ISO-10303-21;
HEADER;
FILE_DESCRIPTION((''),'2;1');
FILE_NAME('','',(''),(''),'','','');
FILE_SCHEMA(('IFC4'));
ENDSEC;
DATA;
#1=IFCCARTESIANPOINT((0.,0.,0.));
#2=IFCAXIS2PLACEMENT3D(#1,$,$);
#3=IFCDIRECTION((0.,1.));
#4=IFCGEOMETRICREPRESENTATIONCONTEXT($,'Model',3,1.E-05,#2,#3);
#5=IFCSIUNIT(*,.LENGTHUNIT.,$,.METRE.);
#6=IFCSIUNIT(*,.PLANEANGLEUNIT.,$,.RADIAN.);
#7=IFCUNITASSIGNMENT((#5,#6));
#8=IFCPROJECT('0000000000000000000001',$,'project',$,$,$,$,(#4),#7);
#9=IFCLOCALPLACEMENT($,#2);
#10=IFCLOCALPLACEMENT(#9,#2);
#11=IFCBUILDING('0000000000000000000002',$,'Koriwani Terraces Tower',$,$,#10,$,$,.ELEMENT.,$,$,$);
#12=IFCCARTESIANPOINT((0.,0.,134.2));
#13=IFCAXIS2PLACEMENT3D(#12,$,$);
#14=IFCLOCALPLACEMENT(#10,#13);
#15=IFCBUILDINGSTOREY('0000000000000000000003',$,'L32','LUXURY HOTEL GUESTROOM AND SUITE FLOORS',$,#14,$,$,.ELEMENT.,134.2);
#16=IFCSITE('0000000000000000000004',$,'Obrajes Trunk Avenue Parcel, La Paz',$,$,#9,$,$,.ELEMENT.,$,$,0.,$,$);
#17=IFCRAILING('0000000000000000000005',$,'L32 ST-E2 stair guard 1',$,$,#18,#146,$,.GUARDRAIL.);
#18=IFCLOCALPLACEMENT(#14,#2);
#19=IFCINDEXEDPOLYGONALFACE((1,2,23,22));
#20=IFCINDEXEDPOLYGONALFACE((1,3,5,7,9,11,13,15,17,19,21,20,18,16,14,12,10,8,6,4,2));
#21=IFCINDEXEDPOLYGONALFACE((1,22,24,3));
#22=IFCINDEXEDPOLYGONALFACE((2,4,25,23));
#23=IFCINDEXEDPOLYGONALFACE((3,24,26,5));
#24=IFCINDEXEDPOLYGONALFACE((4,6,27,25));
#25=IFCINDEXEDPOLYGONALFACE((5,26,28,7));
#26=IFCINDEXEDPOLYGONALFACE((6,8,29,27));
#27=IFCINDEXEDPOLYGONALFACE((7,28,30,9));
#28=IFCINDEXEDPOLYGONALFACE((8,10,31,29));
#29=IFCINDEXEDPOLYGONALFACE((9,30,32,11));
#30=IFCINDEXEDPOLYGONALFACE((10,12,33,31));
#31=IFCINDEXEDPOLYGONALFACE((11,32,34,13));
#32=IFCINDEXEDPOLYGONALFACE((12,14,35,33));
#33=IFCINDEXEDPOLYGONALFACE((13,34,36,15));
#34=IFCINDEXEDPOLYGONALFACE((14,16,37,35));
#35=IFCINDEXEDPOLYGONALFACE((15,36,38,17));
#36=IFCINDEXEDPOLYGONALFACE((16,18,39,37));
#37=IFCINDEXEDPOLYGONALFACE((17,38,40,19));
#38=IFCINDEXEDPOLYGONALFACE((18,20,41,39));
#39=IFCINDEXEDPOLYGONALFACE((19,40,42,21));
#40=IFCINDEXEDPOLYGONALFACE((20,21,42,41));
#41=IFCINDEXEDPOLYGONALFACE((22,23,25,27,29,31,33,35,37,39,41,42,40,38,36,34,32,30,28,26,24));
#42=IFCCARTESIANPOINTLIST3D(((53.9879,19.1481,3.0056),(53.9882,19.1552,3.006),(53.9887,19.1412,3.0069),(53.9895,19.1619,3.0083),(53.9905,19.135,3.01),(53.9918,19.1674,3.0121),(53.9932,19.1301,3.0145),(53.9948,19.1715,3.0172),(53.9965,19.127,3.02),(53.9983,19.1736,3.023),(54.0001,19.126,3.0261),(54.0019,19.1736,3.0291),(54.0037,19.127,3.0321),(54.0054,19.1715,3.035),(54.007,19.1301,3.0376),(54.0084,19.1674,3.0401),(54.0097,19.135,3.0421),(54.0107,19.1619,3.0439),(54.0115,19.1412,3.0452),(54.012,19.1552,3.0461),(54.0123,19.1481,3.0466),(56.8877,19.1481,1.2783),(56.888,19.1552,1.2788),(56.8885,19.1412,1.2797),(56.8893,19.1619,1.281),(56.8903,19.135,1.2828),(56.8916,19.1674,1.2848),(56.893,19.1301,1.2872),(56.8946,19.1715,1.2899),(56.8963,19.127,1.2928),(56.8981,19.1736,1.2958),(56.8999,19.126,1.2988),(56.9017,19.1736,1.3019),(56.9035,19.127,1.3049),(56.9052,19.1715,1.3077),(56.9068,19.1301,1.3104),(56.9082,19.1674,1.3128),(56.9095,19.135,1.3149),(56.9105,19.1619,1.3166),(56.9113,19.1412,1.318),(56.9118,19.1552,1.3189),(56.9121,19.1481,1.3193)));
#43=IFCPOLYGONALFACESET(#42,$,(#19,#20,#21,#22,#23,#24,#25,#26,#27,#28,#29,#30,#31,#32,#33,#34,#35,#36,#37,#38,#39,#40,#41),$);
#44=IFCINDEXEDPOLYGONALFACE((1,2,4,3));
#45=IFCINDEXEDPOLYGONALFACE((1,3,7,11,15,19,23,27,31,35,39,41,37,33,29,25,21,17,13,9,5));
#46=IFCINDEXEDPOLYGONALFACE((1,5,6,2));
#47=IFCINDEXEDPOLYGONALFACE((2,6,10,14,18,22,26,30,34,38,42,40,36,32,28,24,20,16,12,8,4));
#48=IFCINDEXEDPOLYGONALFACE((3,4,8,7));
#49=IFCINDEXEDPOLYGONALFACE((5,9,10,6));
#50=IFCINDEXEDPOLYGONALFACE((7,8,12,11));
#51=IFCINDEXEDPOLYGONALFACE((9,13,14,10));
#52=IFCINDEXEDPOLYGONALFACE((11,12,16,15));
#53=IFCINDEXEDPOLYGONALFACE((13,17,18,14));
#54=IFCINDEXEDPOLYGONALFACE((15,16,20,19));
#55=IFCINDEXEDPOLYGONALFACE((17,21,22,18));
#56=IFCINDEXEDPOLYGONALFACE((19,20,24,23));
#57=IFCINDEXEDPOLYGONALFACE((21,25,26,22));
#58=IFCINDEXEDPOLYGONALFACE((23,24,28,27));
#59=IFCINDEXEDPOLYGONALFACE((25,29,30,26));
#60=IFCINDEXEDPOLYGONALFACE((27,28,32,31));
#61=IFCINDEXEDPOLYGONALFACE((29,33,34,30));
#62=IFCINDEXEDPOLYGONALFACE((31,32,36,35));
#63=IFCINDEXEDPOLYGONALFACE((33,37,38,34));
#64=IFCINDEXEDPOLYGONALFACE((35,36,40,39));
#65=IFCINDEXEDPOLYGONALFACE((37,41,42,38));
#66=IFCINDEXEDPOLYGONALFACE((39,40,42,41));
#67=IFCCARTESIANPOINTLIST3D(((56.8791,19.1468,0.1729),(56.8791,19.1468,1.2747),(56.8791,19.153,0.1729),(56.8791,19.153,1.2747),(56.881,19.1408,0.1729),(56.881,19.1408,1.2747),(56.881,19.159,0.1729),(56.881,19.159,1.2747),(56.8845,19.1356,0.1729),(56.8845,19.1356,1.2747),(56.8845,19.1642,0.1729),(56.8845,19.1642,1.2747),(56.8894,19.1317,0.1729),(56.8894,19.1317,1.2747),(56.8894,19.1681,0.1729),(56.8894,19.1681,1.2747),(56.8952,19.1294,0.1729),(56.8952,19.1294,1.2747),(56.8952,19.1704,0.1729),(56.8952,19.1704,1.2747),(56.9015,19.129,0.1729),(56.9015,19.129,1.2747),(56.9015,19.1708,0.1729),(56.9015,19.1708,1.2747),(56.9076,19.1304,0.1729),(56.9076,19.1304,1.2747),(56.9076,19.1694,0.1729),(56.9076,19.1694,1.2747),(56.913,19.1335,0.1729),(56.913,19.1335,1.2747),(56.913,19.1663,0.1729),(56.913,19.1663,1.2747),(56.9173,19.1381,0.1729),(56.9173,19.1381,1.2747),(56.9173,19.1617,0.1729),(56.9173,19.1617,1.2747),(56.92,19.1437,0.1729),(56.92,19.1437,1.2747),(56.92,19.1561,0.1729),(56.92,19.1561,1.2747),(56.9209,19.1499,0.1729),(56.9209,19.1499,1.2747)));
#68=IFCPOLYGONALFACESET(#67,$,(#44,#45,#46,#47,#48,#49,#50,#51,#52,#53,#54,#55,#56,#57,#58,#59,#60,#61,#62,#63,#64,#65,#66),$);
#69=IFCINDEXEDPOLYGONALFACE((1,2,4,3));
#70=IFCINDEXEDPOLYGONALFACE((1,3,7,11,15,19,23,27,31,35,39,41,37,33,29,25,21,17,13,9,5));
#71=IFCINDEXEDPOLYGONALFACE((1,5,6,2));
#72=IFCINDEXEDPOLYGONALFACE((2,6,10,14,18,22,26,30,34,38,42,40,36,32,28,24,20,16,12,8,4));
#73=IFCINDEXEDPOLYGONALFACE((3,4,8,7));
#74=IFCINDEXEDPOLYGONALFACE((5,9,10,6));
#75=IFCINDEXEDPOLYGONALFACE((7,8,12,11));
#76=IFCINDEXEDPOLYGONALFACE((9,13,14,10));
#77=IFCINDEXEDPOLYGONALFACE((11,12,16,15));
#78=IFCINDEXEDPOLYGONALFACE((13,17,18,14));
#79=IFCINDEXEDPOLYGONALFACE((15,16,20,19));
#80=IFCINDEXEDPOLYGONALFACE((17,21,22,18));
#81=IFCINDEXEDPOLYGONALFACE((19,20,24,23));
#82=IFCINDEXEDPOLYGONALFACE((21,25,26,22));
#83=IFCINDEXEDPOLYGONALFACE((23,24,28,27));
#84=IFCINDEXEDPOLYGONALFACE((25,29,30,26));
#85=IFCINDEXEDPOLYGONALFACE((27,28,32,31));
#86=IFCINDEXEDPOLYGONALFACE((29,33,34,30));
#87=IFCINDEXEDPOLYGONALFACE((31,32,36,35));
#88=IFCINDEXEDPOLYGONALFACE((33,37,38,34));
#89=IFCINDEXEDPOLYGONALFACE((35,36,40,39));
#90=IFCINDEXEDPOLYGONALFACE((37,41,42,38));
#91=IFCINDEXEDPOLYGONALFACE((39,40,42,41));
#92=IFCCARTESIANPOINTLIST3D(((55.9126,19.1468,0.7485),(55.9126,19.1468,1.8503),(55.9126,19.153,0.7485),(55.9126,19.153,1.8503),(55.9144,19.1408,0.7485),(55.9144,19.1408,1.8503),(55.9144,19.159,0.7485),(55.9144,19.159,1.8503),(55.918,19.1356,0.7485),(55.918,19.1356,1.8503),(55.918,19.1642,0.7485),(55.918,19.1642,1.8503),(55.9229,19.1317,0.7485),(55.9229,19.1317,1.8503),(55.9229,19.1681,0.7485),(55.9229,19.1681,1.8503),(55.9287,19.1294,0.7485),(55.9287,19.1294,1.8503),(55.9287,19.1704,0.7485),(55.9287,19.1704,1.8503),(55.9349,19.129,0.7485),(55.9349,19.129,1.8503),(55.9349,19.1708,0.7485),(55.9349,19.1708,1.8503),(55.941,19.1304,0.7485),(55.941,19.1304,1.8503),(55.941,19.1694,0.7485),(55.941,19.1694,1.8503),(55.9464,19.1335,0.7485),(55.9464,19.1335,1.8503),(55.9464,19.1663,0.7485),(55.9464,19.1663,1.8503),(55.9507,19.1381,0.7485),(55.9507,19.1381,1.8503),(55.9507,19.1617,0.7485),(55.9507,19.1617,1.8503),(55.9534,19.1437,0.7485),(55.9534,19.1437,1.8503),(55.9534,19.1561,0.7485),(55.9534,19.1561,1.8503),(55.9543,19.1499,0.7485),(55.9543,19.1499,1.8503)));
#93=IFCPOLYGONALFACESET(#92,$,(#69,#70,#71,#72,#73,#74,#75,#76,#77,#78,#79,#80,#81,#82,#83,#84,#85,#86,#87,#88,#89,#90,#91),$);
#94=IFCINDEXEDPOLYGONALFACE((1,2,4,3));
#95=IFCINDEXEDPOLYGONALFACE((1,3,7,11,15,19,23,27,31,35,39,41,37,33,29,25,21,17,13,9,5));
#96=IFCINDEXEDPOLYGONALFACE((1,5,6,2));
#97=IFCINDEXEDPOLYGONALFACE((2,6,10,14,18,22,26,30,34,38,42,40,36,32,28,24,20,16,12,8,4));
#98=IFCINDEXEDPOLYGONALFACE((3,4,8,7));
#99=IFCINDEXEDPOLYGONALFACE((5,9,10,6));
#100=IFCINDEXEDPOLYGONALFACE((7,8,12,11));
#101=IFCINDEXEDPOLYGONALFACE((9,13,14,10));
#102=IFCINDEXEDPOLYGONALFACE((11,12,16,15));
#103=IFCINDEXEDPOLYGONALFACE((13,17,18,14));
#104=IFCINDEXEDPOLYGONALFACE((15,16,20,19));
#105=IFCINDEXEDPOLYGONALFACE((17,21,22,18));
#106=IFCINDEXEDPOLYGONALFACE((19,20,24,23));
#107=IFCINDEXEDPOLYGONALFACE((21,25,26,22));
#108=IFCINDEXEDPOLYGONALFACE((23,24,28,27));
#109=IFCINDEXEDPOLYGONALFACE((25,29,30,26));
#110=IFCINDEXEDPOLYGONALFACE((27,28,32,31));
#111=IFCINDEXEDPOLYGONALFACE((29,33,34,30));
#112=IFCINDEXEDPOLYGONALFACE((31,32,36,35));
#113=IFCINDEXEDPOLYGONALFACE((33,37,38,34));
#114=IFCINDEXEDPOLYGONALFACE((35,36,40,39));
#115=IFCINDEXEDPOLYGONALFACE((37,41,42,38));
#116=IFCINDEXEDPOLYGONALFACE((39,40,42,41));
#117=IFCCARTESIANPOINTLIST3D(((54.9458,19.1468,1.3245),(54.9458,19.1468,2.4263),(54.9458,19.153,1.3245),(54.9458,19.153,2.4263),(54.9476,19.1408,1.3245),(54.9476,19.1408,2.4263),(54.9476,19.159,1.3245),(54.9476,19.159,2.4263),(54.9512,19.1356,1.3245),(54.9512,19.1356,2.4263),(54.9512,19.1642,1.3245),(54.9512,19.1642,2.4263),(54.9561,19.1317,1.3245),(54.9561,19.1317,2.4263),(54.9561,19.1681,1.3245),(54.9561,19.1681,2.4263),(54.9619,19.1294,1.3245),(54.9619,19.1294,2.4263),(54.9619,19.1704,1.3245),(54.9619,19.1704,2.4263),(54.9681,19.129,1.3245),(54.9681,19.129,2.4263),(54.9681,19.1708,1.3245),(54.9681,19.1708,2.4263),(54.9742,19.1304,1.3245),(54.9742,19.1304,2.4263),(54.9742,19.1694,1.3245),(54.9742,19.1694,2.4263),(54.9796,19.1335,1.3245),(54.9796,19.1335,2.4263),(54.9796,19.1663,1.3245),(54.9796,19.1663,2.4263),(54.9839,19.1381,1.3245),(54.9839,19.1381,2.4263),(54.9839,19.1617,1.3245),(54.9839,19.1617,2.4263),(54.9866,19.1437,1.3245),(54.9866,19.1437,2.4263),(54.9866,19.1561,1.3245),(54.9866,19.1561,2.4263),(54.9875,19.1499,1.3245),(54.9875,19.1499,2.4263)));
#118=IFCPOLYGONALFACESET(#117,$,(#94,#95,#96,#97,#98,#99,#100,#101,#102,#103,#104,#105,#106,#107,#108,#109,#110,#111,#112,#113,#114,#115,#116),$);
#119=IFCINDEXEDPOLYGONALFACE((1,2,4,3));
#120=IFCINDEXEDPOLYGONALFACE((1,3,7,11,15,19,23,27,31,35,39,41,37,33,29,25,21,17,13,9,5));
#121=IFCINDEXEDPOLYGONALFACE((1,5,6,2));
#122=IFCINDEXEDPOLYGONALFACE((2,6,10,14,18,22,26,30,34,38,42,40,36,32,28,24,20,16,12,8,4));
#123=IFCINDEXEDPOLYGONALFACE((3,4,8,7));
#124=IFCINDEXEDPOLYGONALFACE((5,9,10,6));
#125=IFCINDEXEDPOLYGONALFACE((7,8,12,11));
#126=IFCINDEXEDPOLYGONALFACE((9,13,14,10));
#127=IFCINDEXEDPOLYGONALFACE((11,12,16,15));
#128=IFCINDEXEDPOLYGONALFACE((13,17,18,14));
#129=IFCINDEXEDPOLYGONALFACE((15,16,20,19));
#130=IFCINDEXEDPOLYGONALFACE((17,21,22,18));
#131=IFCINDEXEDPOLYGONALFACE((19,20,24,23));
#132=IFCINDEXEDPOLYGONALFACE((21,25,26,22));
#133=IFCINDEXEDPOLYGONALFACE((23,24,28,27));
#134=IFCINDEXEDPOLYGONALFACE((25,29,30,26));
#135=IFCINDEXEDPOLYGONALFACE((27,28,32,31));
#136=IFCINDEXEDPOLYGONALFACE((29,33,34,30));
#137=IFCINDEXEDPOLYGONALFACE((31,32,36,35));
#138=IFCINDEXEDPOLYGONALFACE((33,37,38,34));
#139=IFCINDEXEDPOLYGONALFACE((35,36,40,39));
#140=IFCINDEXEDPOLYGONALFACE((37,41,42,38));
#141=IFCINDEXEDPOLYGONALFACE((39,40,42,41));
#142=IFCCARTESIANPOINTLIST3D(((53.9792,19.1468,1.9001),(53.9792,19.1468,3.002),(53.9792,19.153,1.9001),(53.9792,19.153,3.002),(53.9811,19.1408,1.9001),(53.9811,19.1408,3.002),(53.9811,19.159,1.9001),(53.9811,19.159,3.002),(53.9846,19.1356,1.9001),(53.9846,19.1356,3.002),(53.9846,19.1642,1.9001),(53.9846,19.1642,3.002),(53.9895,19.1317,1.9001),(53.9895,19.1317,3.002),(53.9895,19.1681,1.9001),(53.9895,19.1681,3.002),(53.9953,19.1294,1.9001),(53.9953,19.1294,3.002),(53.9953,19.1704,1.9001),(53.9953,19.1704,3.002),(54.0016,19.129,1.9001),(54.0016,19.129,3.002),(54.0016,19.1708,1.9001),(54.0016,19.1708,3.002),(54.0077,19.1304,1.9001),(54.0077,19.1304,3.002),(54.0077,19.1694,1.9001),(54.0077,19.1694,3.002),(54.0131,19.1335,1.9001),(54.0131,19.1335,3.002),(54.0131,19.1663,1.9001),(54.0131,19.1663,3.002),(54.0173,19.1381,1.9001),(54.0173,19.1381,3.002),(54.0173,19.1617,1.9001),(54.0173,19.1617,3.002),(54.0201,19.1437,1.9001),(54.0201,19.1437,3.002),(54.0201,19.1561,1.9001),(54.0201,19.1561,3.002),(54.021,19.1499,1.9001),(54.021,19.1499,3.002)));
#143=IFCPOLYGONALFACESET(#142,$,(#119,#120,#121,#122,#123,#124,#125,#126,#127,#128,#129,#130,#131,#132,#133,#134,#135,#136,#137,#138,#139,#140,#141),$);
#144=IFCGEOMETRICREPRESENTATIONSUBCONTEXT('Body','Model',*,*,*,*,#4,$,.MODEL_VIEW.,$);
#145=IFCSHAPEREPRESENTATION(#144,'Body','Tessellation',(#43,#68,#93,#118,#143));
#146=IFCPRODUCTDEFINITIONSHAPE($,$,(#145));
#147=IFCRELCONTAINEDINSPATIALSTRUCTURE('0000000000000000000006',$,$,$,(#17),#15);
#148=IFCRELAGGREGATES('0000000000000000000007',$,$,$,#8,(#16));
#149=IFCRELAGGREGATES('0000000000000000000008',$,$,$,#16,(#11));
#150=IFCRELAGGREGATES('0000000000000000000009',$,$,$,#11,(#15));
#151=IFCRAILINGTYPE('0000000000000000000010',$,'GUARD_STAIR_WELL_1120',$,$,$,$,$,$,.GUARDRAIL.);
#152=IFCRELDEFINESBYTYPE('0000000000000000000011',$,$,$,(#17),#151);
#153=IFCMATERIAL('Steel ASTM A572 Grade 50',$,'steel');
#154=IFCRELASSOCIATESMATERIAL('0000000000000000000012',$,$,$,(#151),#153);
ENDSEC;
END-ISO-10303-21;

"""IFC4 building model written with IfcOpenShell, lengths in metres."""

from ifc_helpers import new_model, si_unit, direction, frame, origin, origin_2d, place, context, subcontext, project, spatial, circle, extrude, material, type_object, element, save


model = new_model("IFC4")

# Units and contexts
model_context = context("Model", 3, precision=1e-05, world=origin(), true_north=direction((0.0, 1.0)))
body_context = subcontext(model_context, "Body", "Model", "MODEL_VIEW")
ifc_project = project(units=[si_unit("LENGTHUNIT", "METRE"), si_unit("PLANEANGLEUNIT", "RADIAN")], contexts=[model_context])

# Site, building, storey
site_placement = place(None, origin())
site = spatial("IfcSite", under=ifc_project, at=site_placement, Name="Obrajes Trunk Avenue Parcel, La Paz", CompositionType="ELEMENT", RefElevation=0.0)
building_placement = place(site_placement, origin())
building = spatial("IfcBuilding", under=site, at=building_placement, Name="Koriwani Terraces Tower", CompositionType="ELEMENT")
storey_placement = place(building_placement, frame((0.0, 0.0, 134.2)))
storey = spatial("IfcBuildingStorey", under=building, at=storey_placement, Name="L32", Description="LUXURY HOTEL GUESTROOM AND SUITE FLOORS", CompositionType="ELEMENT", Elevation=134.2)

# Shared definitions
ifc_material_1 = material(Name="Steel ASTM A572 Grade 50", Category="steel")

# Railing
railing_type_1 = type_object("IfcRailingType", Name="GUARD_STAIR_WELL_1120", PredefinedType="GUARDRAIL", material=ifc_material_1)
railing_1_placement = place(storey_placement, frame((56.8999, 19.1499, 0.1729)))
element("IfcRailing", 1, at=railing_1_placement, inside=storey, type_object=railing_type_1, Name="L32 ST-E2 stair guard 1", PredefinedType="GUARDRAIL", context=body_context, shape_type="SweptSolid", body=[
    extrude(circle(Radius=0.0239, at=origin_2d()), frame((0.0, 0.0, 1.126), z_axis=(-0.859141, 0.0, 0.511738), x_axis=(0.0, -1.0, 0.0)), (0.0, 0.0, 1.0), 3.3752),
    extrude(circle(Radius=0.021, at=origin_2d()), origin(), (0.0, 0.0, 1.0), 1.1018),
    extrude(circle(Radius=0.021, at=origin_2d()), frame((-0.9666, 0.0, 0.5757)), (0.0, 0.0, 1.0), 1.1018),
    extrude(circle(Radius=0.021, at=origin_2d()), frame((-1.9333, 0.0, 1.1516)), (0.0, 0.0, 1.0), 1.1018),
    extrude(circle(Radius=0.021, at=origin_2d()), frame((-2.8999, 0.0, 1.7273)), (0.0, 0.0, 1.0), 1.1018),
])

save(model, "model.ifc")
